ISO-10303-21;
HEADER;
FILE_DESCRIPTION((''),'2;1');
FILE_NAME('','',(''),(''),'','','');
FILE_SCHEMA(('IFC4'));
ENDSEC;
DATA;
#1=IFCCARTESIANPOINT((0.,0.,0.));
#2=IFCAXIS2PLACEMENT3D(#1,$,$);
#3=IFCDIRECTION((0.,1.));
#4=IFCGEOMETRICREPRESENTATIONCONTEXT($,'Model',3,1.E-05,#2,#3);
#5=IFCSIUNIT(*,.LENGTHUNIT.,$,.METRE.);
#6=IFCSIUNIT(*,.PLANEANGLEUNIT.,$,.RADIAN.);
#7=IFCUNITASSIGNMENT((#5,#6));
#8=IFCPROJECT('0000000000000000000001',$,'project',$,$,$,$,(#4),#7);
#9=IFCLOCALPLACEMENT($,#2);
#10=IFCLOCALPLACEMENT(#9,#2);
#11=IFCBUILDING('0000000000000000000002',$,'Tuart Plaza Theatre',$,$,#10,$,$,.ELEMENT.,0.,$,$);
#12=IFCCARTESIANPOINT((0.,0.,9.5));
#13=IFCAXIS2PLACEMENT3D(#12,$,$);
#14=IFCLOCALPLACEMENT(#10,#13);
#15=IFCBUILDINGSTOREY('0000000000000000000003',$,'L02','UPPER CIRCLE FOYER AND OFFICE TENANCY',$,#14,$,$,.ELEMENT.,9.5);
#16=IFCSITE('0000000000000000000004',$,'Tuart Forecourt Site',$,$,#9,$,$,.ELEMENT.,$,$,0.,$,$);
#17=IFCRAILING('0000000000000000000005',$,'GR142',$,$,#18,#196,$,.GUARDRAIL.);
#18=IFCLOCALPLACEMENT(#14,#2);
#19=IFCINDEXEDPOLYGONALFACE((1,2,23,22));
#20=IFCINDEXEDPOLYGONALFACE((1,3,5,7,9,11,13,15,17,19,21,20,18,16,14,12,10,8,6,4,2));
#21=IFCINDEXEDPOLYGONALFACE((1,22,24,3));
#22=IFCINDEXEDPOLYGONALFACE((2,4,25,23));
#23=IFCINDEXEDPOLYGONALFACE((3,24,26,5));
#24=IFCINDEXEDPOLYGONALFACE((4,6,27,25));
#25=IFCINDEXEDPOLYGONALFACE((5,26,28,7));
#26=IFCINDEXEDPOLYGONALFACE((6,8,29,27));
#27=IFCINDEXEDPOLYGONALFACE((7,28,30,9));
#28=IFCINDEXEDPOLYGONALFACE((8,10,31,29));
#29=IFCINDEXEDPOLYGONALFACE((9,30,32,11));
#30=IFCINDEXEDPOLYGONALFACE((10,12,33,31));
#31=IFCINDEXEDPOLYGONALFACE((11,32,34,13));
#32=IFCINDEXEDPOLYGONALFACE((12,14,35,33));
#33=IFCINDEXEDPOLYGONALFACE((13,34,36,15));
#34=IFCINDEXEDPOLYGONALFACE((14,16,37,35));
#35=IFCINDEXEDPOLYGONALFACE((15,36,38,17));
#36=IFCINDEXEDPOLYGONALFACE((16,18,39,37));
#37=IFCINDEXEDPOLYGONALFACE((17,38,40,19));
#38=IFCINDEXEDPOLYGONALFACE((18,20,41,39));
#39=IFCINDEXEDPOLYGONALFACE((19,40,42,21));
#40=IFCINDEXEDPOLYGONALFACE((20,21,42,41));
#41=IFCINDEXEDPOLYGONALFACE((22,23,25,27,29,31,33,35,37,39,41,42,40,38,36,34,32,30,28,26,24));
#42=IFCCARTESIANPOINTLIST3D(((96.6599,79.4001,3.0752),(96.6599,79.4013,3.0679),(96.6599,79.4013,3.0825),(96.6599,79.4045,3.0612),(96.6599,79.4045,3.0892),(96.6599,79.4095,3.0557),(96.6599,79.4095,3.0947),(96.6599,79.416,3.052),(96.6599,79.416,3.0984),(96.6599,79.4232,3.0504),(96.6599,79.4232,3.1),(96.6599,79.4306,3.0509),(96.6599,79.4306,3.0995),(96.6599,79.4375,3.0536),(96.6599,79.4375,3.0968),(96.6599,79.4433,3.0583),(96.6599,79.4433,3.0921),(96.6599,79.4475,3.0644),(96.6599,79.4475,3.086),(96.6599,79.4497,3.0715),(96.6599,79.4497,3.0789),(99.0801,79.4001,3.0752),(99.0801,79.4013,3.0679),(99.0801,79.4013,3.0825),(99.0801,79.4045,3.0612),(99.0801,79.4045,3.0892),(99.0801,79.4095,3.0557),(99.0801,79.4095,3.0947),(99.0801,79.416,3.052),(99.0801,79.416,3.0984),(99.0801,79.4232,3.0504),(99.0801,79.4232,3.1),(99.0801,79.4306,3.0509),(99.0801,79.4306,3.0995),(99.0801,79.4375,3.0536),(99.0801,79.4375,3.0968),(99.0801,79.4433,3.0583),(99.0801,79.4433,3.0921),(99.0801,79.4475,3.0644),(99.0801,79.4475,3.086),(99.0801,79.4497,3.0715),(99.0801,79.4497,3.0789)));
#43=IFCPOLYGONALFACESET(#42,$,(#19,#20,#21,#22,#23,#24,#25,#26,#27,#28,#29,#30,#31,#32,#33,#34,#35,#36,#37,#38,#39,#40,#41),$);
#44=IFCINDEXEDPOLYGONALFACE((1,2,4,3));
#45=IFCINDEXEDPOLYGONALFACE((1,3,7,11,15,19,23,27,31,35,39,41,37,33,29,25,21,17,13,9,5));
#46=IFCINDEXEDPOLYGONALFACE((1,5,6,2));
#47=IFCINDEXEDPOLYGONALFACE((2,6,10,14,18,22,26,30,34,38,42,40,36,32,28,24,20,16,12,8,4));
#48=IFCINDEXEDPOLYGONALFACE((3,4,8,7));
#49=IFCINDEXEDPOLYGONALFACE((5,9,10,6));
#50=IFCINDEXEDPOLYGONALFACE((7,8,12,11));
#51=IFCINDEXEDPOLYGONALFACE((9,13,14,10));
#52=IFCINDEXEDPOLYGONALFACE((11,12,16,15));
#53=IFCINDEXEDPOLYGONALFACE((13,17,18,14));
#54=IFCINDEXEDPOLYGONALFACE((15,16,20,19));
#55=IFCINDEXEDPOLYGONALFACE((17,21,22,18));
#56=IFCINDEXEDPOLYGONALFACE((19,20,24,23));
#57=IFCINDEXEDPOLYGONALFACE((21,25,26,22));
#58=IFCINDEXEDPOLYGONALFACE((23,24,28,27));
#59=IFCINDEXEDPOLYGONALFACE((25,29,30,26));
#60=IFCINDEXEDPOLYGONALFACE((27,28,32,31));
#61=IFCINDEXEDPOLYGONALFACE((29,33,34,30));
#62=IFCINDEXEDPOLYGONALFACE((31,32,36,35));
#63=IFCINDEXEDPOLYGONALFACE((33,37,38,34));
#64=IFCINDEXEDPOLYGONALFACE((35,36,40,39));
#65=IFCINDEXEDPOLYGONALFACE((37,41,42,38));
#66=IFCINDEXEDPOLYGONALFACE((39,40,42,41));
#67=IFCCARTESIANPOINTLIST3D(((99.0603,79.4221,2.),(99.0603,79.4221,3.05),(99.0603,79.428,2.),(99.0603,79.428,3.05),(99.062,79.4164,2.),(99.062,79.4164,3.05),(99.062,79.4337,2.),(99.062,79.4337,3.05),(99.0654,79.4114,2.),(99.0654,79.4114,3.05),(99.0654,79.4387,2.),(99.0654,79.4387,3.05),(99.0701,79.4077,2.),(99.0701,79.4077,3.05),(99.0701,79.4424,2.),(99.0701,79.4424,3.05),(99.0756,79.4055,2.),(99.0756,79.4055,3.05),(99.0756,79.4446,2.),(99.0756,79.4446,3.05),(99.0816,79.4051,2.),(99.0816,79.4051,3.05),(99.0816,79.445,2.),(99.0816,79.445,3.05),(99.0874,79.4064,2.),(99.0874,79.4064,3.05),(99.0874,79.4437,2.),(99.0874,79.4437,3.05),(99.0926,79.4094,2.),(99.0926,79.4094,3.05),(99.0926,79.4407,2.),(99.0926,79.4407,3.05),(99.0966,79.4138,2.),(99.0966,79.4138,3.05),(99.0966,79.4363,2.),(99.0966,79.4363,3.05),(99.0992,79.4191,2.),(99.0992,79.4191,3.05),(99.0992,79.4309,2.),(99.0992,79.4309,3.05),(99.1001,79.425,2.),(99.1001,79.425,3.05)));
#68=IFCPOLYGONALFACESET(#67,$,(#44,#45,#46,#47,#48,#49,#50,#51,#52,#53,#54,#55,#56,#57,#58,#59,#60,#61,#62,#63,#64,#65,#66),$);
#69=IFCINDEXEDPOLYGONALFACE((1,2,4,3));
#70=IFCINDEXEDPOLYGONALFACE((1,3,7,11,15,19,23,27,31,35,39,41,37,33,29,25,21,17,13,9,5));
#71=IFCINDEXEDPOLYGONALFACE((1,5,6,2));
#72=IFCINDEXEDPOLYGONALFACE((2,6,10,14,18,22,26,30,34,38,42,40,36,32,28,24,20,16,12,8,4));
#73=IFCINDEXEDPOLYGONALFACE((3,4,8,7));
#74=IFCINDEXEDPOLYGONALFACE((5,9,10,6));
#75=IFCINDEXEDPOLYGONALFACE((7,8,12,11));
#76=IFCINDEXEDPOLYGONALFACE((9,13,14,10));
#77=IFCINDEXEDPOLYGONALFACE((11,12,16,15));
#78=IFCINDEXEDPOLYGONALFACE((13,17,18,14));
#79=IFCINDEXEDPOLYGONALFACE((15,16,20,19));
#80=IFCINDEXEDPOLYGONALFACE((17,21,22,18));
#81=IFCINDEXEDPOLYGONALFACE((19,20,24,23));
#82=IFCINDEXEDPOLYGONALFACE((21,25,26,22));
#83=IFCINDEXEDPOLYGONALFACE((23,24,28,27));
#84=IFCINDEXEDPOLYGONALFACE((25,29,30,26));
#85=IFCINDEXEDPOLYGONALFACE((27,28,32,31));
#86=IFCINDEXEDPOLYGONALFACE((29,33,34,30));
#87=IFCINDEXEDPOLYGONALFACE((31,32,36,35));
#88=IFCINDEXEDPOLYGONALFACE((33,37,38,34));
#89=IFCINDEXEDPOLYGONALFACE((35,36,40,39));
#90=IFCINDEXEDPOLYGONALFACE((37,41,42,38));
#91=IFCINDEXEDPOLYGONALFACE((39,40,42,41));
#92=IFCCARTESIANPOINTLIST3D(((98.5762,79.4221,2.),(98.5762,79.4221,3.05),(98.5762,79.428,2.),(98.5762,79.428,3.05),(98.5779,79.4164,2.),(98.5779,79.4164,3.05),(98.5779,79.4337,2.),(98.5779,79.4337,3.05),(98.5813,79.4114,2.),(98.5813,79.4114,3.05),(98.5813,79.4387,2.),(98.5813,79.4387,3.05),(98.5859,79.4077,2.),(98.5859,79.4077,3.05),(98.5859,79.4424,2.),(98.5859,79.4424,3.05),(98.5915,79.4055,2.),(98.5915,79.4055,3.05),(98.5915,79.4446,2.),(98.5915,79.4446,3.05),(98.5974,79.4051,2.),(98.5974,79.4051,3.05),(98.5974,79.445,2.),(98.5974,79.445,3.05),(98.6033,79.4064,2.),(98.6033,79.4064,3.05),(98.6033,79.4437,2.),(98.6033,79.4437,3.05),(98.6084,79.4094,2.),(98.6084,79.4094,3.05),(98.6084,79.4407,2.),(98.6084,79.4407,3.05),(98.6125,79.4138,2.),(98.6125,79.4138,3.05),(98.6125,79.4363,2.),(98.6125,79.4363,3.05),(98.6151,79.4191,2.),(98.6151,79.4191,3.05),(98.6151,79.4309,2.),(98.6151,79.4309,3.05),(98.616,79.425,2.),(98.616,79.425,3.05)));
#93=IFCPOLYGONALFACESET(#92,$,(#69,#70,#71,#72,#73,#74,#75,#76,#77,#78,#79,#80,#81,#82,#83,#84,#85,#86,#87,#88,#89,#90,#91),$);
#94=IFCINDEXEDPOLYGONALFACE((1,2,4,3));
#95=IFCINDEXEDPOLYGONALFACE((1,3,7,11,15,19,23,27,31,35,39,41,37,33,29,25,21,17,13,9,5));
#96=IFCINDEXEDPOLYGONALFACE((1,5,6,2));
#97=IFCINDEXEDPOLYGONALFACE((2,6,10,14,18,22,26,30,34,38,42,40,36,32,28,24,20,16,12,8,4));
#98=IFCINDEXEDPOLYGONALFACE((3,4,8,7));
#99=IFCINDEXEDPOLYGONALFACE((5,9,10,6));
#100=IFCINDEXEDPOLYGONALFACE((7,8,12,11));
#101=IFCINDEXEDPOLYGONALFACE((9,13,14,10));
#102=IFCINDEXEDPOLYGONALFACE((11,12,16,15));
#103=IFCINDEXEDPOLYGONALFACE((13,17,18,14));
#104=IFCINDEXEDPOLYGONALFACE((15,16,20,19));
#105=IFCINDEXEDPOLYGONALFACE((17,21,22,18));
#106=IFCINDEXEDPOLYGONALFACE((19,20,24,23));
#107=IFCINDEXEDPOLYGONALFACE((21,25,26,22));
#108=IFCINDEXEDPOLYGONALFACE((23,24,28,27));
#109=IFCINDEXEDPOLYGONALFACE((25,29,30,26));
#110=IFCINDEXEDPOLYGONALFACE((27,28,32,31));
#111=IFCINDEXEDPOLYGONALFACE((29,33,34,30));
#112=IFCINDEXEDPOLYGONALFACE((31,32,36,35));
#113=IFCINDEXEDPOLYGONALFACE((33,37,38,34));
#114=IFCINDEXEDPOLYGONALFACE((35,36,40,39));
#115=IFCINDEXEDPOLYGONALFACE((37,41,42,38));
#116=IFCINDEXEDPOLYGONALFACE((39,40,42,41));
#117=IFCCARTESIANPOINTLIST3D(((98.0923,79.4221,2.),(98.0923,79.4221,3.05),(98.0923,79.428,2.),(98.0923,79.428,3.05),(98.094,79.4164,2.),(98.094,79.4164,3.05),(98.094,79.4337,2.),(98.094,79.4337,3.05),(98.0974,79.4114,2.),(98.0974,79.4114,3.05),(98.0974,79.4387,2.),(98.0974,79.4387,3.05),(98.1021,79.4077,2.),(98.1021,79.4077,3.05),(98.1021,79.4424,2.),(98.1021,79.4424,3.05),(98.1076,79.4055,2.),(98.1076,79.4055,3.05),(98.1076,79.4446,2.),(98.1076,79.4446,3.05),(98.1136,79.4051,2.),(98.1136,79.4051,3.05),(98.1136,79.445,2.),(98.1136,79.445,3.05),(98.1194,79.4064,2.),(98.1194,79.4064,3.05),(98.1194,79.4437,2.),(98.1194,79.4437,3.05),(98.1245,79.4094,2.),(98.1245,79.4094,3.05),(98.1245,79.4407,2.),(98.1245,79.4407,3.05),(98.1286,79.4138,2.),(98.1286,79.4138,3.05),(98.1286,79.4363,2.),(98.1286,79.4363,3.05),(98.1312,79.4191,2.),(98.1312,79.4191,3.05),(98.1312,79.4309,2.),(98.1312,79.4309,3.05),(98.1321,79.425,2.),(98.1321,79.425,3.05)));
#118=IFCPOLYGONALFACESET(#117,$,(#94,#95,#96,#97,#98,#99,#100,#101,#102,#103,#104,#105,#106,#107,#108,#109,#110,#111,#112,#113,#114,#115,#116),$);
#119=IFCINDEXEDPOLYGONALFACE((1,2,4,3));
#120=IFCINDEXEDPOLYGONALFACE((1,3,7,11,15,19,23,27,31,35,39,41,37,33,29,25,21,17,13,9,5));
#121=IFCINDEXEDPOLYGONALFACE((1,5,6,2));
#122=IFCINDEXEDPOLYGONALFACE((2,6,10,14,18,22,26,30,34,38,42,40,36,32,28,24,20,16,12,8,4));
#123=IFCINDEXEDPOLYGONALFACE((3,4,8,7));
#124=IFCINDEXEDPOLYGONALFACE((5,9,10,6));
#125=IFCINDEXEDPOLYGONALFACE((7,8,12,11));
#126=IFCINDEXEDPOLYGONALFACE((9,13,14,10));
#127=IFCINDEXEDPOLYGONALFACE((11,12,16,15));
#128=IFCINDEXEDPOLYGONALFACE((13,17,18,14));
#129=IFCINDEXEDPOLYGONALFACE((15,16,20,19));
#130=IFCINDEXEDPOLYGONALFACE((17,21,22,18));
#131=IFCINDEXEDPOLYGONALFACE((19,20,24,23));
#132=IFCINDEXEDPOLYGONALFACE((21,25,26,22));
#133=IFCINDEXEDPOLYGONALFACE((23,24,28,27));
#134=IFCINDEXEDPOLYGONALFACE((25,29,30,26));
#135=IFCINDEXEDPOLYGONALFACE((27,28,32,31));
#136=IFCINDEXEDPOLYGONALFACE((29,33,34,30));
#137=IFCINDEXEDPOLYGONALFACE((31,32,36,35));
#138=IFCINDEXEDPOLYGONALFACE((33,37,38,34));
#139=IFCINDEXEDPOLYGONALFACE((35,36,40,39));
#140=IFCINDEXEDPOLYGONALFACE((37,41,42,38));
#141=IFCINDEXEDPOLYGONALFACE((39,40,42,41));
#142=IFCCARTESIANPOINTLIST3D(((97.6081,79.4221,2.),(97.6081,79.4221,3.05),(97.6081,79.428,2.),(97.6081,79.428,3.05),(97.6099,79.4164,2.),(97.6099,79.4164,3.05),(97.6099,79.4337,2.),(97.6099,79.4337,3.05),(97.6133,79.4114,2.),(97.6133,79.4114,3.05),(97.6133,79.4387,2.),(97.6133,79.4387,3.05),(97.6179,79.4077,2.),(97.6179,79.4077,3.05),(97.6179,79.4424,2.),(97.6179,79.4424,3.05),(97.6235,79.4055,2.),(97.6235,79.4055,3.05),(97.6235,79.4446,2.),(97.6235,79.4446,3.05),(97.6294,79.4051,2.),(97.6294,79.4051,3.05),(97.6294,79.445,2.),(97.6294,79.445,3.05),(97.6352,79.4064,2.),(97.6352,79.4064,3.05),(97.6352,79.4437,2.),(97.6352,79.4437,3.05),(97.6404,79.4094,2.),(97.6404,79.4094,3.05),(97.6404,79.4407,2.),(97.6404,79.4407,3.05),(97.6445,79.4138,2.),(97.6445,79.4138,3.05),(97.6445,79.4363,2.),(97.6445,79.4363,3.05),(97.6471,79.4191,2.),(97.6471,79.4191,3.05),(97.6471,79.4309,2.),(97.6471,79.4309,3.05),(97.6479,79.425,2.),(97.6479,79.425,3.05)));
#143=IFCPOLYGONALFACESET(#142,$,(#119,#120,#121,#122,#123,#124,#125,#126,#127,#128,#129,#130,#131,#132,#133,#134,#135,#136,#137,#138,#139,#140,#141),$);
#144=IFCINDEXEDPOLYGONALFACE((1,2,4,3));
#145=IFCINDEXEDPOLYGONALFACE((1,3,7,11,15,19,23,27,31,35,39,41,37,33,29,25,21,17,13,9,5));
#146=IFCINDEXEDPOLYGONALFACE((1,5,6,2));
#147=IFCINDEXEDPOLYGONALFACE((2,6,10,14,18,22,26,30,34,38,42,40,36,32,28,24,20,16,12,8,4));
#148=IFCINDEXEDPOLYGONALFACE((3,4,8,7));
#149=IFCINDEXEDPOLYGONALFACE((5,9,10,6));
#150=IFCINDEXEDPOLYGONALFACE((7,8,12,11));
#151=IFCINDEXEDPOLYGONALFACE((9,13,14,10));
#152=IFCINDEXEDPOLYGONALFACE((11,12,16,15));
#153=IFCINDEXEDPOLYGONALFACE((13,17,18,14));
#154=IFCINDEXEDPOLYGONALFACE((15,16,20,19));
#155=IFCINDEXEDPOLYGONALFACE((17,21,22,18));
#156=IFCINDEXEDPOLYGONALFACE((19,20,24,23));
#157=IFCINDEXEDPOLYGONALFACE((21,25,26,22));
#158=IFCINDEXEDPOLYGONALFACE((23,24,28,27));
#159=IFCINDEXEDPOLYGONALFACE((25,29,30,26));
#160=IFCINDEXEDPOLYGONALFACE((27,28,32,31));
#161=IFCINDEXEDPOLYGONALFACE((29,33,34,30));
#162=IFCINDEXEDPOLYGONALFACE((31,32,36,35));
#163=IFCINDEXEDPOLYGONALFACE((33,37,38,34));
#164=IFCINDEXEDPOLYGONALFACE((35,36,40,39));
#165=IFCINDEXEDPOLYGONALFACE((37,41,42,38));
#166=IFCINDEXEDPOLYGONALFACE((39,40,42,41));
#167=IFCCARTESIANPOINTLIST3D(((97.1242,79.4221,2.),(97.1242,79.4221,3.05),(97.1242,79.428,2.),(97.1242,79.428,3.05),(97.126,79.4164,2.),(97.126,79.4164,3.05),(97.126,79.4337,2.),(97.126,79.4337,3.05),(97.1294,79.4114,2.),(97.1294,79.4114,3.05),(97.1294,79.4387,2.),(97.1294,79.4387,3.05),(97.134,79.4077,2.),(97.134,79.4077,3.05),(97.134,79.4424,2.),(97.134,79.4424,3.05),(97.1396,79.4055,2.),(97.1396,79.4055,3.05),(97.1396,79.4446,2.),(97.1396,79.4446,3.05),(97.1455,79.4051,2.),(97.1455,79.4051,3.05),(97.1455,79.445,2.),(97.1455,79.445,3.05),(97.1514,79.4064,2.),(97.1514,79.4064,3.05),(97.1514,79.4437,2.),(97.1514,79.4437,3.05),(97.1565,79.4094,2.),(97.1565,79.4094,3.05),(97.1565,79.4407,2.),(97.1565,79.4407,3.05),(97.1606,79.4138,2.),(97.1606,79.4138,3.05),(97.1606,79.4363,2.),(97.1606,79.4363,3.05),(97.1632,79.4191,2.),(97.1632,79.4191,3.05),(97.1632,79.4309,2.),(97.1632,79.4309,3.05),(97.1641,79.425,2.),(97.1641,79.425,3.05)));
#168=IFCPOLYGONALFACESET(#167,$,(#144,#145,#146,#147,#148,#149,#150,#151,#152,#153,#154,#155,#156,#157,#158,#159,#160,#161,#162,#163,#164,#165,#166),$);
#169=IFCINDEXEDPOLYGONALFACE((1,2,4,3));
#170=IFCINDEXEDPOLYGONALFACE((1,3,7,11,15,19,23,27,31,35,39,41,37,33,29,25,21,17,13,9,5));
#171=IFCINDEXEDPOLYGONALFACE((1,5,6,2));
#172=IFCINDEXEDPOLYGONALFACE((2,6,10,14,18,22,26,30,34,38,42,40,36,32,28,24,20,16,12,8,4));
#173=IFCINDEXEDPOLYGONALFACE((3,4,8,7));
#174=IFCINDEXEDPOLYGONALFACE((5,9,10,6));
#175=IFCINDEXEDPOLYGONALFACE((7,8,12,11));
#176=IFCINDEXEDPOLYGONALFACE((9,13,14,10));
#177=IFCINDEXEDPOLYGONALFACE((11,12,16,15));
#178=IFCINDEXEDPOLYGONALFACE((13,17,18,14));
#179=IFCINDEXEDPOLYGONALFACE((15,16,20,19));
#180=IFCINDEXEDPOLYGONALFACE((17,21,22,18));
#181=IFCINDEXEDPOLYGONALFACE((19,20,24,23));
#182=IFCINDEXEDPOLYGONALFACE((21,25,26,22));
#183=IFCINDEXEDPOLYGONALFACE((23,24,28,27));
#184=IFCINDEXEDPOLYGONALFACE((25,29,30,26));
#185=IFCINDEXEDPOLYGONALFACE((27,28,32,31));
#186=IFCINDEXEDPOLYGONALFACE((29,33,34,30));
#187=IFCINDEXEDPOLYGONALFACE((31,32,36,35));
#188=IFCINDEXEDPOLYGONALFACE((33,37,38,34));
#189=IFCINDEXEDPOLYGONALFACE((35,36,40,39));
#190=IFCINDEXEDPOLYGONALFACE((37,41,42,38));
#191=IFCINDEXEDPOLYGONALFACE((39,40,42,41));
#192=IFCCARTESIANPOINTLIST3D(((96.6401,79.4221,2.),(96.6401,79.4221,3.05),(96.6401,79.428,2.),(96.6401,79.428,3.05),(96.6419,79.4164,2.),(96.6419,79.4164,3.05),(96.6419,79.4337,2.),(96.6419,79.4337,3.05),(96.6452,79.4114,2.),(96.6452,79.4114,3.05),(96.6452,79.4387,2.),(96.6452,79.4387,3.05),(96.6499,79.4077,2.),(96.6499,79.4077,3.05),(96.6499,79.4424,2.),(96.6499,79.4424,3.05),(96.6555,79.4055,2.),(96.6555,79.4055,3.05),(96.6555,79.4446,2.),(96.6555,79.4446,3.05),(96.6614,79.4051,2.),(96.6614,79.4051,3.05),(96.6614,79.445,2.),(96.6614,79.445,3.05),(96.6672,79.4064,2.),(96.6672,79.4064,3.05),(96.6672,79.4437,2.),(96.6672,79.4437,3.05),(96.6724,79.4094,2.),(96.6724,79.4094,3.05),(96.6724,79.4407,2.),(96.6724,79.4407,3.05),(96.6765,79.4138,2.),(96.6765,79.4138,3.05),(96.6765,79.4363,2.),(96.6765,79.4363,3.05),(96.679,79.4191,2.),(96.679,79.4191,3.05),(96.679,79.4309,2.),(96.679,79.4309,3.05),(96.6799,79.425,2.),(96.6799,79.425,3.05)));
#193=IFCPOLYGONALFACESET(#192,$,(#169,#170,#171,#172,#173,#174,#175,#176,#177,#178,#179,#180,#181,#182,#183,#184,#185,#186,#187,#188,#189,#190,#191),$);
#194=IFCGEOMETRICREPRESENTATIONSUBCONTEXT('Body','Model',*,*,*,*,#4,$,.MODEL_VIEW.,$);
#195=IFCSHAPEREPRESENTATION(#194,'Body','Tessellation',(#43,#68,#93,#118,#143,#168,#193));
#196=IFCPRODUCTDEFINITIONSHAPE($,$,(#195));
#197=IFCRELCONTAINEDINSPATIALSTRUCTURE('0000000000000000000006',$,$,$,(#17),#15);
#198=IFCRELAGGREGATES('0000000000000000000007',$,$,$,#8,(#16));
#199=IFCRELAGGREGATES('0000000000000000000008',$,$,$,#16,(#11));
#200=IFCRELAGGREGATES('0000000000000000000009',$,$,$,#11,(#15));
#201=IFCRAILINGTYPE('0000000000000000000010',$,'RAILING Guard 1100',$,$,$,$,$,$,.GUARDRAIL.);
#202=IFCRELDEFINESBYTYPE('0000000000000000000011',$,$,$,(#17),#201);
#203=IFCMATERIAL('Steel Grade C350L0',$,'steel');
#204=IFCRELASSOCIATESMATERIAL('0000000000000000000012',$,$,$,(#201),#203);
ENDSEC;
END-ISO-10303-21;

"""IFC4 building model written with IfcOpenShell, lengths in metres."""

from ifc_helpers import new_model, si_unit, direction, frame, origin, origin_2d, place, context, subcontext, project, spatial, circle, extrude, material, type_object, element, save


model = new_model("IFC4")

# Units and contexts
model_context = context("Model", 3, precision=1e-05, world=origin(), true_north=direction((0.0, 1.0)))
body_context = subcontext(model_context, "Body", "Model", "MODEL_VIEW")
ifc_project = project(units=[si_unit("LENGTHUNIT", "METRE"), si_unit("PLANEANGLEUNIT", "RADIAN")], contexts=[model_context])

# Site, building, storey
site_placement = place(None, origin())
site = spatial("IfcSite", under=ifc_project, at=site_placement, Name="Tuart Forecourt Site", CompositionType="ELEMENT", RefElevation=0.0)
building_placement = place(site_placement, origin())
building = spatial("IfcBuilding", under=site, at=building_placement, Name="Tuart Plaza Theatre", CompositionType="ELEMENT", ElevationOfRefHeight=0.0)
storey_placement = place(building_placement, frame((0.0, 0.0, 9.5)))
storey = spatial("IfcBuildingStorey", under=building, at=storey_placement, Name="L02", Description="UPPER CIRCLE FOYER AND OFFICE TENANCY", CompositionType="ELEMENT", Elevation=9.5)

# Railing
ifc_material_1 = material(Name="Steel Grade C350L0", Category="steel")
railing_type_1 = type_object("IfcRailingType", Name="RAILING Guard 1100", PredefinedType="GUARDRAIL", material=ifc_material_1)
railing_1_placement = place(storey_placement, frame((99.0801, 79.425, 2.0)))
element("IfcRailing", 1, at=railing_1_placement, inside=storey, type_object=railing_type_1, Name="GR142", PredefinedType="GUARDRAIL", context=body_context, shape_type="SweptSolid", body=[
    extrude(circle(Radius=0.0249, at=origin_2d()), frame((0.0, 0.0, 1.0752), z_axis=(-1.0, 0.0, 0.0), x_axis=(0.0, -1.0, 0.0)), (0.0, 0.0, 1.0), 2.4202),
    extrude(circle(Radius=0.02, at=origin_2d()), origin(), (0.0, 0.0, 1.0), 1.05),
    extrude(circle(Radius=0.02, at=origin_2d()), frame((-0.4841, 0.0, 0.0)), (0.0, 0.0, 1.0), 1.05),
    extrude(circle(Radius=0.02, at=origin_2d()), frame((-0.968, 0.0, 0.0)), (0.0, 0.0, 1.0), 1.05),
    extrude(circle(Radius=0.02, at=origin_2d()), frame((-1.4521, 0.0, 0.0)), (0.0, 0.0, 1.0), 1.05),
    extrude(circle(Radius=0.02, at=origin_2d()), frame((-1.936, 0.0, 0.0)), (0.0, 0.0, 1.0), 1.05),
    extrude(circle(Radius=0.02, at=origin_2d()), frame((-2.4202, 0.0, 0.0)), (0.0, 0.0, 1.0), 1.05),
])

save(model, "model.ifc")
